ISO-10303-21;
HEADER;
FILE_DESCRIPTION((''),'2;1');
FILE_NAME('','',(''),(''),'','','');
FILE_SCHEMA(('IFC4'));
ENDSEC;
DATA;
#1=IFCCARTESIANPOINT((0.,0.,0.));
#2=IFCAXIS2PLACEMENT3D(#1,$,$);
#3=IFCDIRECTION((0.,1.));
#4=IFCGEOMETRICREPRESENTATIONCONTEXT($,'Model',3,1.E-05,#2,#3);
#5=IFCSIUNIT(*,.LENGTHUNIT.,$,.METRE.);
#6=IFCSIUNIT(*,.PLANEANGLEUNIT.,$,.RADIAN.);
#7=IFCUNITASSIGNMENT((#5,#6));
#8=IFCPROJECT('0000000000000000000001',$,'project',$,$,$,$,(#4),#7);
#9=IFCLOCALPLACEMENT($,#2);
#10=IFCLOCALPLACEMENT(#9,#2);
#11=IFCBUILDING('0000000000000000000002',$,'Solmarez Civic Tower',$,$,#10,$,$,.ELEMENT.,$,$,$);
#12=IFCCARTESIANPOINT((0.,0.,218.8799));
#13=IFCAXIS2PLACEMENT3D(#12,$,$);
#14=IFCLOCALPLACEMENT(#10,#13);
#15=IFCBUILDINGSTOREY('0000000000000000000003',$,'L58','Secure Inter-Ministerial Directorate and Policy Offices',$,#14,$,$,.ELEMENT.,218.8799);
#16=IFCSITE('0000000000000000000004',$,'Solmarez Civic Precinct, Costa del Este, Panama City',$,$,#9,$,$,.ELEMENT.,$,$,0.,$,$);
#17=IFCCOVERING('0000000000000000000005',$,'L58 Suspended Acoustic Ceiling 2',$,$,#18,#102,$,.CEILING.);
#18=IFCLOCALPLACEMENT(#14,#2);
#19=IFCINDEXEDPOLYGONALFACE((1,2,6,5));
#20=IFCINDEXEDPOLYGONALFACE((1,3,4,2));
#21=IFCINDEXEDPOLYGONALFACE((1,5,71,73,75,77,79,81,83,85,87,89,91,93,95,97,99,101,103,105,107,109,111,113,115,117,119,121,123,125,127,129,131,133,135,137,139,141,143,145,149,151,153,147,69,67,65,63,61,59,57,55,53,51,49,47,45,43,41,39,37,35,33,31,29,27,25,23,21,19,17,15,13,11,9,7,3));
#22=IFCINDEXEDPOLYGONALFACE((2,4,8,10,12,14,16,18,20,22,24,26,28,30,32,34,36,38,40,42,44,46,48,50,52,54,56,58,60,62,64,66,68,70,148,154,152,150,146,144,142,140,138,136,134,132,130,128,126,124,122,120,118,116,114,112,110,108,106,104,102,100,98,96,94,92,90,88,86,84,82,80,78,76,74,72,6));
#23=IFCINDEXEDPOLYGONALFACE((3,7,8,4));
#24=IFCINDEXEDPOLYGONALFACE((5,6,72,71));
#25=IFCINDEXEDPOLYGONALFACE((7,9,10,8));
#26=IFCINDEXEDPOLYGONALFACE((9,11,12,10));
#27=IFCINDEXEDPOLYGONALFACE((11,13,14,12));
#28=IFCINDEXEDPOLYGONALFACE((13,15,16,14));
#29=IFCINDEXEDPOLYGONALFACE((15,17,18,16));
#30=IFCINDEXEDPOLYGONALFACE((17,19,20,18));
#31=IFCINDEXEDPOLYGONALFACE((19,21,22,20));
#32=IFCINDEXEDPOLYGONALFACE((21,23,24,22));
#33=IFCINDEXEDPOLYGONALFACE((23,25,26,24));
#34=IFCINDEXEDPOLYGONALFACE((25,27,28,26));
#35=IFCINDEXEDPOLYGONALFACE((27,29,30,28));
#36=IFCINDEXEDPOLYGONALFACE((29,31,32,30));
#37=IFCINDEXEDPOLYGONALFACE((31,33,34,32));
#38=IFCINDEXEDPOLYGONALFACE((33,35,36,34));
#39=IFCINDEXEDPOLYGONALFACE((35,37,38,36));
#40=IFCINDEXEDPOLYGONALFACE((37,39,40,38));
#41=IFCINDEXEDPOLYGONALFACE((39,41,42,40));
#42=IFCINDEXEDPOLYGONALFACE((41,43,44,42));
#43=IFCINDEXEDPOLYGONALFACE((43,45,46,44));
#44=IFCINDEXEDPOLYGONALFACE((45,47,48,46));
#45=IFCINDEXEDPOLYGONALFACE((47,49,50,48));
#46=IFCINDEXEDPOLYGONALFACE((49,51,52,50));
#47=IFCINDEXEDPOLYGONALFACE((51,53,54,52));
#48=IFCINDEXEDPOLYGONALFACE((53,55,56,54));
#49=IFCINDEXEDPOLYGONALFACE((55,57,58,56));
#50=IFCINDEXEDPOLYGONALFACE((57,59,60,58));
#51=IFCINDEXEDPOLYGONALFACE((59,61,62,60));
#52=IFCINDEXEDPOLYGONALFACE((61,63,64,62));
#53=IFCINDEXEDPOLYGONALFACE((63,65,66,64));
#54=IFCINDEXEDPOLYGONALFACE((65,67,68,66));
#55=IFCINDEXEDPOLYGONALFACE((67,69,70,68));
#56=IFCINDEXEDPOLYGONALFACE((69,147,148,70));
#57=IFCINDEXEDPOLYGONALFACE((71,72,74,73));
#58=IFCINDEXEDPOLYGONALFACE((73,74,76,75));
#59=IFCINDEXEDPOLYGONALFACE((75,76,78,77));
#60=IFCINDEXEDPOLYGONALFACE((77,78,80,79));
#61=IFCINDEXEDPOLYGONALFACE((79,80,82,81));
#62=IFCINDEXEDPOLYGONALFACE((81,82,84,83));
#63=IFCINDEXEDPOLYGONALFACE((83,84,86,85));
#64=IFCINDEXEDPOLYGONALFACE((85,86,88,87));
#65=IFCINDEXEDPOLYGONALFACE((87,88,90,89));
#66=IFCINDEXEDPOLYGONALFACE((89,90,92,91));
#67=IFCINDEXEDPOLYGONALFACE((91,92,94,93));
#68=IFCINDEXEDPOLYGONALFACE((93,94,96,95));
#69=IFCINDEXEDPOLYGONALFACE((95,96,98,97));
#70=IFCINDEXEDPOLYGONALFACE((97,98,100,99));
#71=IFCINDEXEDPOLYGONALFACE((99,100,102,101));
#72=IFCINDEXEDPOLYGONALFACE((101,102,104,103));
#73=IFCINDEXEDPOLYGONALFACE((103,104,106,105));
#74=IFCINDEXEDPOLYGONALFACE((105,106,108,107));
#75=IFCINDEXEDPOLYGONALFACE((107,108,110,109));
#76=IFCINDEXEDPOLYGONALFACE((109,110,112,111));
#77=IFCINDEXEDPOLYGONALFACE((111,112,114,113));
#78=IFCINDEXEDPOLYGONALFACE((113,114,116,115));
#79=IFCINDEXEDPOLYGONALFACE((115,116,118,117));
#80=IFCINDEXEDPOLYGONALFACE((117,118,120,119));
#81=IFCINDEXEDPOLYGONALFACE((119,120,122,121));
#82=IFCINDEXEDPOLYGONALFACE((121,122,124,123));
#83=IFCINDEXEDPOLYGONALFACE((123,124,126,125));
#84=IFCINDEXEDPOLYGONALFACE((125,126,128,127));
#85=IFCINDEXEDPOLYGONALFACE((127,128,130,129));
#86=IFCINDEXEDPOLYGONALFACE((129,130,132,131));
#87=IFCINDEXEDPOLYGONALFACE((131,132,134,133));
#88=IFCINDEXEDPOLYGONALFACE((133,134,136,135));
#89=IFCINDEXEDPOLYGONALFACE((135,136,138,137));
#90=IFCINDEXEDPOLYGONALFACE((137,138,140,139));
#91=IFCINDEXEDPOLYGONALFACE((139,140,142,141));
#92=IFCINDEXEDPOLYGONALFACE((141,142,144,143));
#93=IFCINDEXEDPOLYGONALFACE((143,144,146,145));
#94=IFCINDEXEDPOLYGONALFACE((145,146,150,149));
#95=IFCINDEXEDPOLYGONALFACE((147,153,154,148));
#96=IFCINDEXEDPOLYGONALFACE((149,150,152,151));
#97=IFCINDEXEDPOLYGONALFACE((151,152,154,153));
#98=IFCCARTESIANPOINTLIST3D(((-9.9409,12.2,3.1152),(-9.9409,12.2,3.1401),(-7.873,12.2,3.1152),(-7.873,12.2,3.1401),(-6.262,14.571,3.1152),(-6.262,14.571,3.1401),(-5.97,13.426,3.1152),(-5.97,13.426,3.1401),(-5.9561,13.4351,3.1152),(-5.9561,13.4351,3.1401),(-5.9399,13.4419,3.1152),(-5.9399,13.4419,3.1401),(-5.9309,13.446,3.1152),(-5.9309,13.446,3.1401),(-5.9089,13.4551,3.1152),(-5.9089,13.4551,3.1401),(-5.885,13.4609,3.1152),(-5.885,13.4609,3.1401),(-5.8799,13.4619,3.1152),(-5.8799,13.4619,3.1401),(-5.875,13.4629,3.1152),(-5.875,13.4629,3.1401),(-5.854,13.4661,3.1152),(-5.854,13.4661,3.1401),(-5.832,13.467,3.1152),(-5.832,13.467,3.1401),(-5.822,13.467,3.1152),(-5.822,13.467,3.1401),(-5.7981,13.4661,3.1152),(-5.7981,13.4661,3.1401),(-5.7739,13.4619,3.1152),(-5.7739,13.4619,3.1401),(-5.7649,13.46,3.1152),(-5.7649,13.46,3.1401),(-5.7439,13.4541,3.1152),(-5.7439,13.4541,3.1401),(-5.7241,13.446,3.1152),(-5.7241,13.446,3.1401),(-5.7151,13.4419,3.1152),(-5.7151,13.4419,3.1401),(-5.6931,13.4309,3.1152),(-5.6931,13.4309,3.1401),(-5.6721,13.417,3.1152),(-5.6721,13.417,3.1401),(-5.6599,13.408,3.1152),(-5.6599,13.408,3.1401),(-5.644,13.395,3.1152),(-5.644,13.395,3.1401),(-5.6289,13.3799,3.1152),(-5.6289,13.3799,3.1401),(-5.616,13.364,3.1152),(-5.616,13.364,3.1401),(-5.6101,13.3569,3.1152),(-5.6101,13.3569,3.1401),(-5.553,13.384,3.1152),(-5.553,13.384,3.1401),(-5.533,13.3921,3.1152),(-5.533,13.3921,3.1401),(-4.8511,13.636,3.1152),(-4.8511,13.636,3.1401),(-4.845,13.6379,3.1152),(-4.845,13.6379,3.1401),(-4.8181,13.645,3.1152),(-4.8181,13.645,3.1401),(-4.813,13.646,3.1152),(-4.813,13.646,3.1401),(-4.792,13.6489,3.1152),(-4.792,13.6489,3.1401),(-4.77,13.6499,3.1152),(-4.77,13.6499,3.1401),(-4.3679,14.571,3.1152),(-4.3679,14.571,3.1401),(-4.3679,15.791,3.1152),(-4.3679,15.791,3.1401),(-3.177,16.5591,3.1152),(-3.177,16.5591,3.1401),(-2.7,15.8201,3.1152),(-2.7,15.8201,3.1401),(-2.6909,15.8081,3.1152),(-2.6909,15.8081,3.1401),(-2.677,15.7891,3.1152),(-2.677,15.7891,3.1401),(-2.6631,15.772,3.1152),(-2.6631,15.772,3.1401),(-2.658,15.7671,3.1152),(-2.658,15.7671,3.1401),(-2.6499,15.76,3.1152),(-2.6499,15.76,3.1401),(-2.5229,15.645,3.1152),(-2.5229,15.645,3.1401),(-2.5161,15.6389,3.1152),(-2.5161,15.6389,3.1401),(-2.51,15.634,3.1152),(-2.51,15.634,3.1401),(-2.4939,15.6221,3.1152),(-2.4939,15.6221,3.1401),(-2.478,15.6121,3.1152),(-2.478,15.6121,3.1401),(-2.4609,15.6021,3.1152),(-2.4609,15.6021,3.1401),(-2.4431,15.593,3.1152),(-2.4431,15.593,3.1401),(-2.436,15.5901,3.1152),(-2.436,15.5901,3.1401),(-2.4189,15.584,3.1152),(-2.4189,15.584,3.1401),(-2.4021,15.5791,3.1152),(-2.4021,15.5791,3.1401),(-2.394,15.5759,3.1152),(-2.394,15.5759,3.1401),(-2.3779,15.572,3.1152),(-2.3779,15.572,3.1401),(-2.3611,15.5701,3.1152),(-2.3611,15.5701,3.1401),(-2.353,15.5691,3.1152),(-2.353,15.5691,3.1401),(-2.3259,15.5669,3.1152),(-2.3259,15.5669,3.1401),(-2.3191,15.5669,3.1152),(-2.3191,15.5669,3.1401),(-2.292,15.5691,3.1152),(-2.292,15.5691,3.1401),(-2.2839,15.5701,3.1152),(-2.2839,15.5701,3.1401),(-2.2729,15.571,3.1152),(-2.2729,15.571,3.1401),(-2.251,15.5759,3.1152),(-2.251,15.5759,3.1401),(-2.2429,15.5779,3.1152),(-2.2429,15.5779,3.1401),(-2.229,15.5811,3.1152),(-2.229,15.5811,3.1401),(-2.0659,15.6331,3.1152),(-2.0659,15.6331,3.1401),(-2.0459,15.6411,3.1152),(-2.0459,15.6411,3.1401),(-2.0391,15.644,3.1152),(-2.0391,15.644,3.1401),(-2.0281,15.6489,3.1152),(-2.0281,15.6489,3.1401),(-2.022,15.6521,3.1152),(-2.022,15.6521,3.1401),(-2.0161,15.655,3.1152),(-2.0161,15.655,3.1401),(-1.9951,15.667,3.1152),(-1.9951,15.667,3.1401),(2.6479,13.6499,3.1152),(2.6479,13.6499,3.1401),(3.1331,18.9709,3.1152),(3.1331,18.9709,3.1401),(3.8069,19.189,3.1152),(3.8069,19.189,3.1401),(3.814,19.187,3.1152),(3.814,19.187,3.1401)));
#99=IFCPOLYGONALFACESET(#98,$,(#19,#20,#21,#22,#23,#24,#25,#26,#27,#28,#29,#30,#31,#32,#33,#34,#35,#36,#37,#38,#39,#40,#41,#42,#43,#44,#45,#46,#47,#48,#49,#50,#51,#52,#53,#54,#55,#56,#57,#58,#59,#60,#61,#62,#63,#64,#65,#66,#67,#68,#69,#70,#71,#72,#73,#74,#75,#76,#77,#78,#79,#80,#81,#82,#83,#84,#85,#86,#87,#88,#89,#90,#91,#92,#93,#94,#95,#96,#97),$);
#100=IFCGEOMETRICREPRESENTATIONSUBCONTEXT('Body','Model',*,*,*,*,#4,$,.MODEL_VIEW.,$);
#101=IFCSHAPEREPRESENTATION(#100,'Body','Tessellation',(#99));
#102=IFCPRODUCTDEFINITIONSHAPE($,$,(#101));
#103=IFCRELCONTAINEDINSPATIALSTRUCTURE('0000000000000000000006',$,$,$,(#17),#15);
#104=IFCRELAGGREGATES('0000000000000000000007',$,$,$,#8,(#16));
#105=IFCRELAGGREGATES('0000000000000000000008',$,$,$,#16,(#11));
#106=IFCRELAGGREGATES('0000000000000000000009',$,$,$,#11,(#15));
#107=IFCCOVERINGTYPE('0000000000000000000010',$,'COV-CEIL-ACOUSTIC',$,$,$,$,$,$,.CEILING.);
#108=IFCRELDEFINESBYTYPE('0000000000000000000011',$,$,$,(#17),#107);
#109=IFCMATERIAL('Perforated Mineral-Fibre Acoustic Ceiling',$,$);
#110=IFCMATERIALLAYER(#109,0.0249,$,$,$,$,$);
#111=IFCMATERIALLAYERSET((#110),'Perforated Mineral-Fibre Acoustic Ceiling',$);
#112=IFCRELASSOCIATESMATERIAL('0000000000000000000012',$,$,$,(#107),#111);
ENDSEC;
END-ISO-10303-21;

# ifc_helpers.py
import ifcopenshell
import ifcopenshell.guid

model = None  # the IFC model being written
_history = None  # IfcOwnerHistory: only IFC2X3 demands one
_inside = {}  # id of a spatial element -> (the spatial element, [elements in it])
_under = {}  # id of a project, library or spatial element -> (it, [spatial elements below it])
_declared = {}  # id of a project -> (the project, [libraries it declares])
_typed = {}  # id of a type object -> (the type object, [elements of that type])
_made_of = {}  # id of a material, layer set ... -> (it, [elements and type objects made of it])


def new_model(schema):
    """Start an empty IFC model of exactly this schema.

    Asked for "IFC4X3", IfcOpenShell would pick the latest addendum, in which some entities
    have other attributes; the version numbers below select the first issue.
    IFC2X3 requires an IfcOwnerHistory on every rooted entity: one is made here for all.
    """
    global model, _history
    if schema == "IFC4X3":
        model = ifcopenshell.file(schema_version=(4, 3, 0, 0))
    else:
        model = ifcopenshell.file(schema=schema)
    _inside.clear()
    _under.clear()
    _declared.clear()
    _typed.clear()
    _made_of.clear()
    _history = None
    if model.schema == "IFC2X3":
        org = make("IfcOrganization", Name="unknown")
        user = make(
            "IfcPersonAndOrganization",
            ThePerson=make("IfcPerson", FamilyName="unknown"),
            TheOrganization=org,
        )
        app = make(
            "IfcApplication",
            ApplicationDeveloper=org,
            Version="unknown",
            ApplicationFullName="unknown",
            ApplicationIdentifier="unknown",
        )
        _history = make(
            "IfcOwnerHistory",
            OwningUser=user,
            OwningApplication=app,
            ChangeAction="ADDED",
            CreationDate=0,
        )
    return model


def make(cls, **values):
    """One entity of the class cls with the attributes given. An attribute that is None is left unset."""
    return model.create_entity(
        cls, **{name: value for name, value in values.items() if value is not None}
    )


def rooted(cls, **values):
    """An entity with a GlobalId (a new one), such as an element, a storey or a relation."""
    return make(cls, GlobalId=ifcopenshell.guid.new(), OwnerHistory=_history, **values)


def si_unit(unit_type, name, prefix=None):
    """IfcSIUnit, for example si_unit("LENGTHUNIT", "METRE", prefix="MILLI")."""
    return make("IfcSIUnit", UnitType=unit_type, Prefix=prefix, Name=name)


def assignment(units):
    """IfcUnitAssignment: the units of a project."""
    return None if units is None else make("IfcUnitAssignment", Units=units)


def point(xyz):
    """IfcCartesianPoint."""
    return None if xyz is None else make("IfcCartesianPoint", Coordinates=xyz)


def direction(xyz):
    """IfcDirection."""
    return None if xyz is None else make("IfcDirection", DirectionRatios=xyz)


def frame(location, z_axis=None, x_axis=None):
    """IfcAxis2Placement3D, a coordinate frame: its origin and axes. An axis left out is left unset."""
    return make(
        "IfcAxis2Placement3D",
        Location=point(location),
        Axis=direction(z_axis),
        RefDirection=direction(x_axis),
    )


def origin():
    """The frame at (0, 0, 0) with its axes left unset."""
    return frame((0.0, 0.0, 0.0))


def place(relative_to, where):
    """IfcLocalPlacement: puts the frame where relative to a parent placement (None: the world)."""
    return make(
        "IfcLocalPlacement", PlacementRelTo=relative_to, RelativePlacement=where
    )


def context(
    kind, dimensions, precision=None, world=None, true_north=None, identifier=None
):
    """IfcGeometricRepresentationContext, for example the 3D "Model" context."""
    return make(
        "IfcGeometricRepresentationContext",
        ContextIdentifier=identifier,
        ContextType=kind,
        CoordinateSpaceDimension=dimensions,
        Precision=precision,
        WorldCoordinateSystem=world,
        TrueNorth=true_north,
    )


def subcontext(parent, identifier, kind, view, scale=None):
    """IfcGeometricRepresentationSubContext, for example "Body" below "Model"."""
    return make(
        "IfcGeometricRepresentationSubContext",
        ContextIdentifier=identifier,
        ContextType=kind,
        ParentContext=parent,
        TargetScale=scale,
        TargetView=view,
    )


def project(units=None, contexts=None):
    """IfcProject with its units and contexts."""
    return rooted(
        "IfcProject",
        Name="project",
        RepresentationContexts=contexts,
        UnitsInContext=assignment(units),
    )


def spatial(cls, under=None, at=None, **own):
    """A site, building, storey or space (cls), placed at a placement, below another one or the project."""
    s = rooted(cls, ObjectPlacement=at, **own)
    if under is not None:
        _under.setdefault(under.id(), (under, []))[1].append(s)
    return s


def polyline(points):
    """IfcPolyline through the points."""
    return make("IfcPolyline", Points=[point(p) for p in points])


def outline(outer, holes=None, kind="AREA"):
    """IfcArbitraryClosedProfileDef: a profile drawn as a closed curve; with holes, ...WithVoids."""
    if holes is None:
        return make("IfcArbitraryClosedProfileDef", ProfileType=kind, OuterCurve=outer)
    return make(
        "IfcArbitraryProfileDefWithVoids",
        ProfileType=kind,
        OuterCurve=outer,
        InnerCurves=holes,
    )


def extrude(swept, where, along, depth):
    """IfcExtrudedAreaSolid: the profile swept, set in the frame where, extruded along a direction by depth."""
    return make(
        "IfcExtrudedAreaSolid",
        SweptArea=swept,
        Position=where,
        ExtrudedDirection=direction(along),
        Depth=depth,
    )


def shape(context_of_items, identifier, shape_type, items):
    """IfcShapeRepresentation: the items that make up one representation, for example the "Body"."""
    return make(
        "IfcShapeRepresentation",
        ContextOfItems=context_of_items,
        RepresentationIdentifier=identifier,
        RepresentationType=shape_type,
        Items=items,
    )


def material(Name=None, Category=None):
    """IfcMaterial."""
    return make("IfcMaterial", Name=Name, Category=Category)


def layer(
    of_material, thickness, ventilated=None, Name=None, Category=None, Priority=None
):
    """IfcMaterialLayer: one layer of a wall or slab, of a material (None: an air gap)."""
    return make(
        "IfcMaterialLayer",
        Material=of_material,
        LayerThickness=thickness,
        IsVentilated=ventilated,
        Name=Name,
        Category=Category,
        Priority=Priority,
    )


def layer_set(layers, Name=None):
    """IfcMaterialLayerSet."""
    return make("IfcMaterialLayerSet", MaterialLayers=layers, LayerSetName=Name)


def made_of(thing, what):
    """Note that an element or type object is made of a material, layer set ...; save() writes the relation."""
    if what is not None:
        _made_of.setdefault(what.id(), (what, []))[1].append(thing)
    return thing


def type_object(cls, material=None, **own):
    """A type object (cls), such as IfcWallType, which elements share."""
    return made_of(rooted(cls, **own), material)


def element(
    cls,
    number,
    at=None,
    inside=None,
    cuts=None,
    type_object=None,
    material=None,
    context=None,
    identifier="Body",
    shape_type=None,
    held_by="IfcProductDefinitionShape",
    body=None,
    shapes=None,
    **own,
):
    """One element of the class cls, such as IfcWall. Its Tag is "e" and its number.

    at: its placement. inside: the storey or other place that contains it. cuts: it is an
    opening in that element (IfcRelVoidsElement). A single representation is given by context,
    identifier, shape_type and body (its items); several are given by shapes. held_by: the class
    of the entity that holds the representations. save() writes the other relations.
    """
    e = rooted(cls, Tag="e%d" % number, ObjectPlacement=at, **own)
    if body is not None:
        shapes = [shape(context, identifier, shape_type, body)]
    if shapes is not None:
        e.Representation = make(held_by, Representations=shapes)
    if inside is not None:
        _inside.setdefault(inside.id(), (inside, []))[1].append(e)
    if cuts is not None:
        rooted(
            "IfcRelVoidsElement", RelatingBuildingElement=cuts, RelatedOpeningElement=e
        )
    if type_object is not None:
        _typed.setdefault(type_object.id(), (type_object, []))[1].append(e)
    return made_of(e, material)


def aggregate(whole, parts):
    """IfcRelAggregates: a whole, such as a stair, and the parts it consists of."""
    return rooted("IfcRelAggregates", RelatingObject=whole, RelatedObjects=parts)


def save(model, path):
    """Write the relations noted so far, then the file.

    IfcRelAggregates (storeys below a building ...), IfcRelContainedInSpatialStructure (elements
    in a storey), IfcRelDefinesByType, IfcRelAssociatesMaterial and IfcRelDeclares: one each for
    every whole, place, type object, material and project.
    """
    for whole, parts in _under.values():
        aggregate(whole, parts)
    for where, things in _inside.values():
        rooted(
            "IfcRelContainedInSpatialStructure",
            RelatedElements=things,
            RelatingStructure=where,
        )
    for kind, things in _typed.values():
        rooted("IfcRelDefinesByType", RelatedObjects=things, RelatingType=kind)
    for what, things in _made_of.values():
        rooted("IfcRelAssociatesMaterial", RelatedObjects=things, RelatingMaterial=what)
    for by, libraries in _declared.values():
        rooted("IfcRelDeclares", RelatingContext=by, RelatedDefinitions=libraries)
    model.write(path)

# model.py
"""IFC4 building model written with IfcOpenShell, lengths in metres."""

from ifc_helpers import new_model, si_unit, direction, frame, origin, place, context, subcontext, project, spatial, polyline, outline, extrude, material, layer, layer_set, type_object, element, save


model = new_model("IFC4")

# Units and contexts
model_context = context("Model", 3, precision=1e-05, world=origin(), true_north=direction((0.0, 1.0)))
body_context = subcontext(model_context, "Body", "Model", "MODEL_VIEW")
ifc_project = project(units=[si_unit("LENGTHUNIT", "METRE"), si_unit("PLANEANGLEUNIT", "RADIAN")], contexts=[model_context])

# Site, building, storey
site_placement = place(None, origin())
site = spatial("IfcSite", under=ifc_project, at=site_placement, Name="Solmarez Civic Precinct, Costa del Este, Panama City", CompositionType="ELEMENT", RefElevation=0.0)
building_placement = place(site_placement, origin())
building = spatial("IfcBuilding", under=site, at=building_placement, Name="Solmarez Civic Tower", CompositionType="ELEMENT")
storey_placement = place(building_placement, frame((0.0, 0.0, 218.8799)))
storey = spatial("IfcBuildingStorey", under=building, at=storey_placement, Name="L58", Description="Secure Inter-Ministerial Directorate and Policy Offices", CompositionType="ELEMENT", Elevation=218.8799)

# Covering
ifc_material_1 = material(Name="Perforated Mineral-Fibre Acoustic Ceiling")
ifc_layer_1 = layer(ifc_material_1, 0.0249)
ifc_layer_set_1 = layer_set([ifc_layer_1], Name="Perforated Mineral-Fibre Acoustic Ceiling")
covering_type_1 = type_object("IfcCoveringType", Name="COV-CEIL-ACOUSTIC", PredefinedType="CEILING", material=ifc_layer_set_1)
covering_1_placement = place(storey_placement, frame((0.0, 0.0, 3.1152)))
element("IfcCovering", 1, at=covering_1_placement, inside=storey, type_object=covering_type_1, Name="L58 Suspended Acoustic Ceiling 2", PredefinedType="CEILING", context=body_context, shape_type="SweptSolid", body=[
    extrude(outline(polyline([(-9.9409, 12.2), (-7.873, 12.2), (-5.97, 13.426), (-5.9561, 13.4351), (-5.9399, 13.4419), (-5.9309, 13.446), (-5.9089, 13.4551), (-5.885, 13.4609), (-5.8799, 13.4619), (-5.875, 13.4629), (-5.854, 13.4661), (-5.832, 13.467), (-5.822, 13.467), (-5.7981, 13.4661), (-5.7739, 13.4619), (-5.7649, 13.46), (-5.7439, 13.4541), (-5.7241, 13.446), (-5.7151, 13.4419), (-5.6931, 13.4309), (-5.6721, 13.417), (-5.6599, 13.408), (-5.644, 13.395), (-5.6289, 13.3799), (-5.616, 13.364), (-5.6101, 13.3569), (-5.553, 13.384), (-5.533, 13.3921), (-4.8511, 13.636), (-4.845, 13.6379), (-4.8181, 13.645), (-4.813, 13.646), (-4.792, 13.6489), (-4.77, 13.6499), (2.6479, 13.6499), (3.814, 19.187), (3.8069, 19.189), (3.1331, 18.9709), (-1.9951, 15.667), (-2.0161, 15.655), (-2.022, 15.6521), (-2.0281, 15.6489), (-2.0391, 15.644), (-2.0459, 15.6411), (-2.0659, 15.6331), (-2.229, 15.5811), (-2.2429, 15.5779), (-2.251, 15.5759), (-2.2729, 15.571), (-2.2839, 15.5701), (-2.292, 15.5691), (-2.3191, 15.5669), (-2.3259, 15.5669), (-2.353, 15.5691), (-2.3611, 15.5701), (-2.3779, 15.572), (-2.394, 15.5759), (-2.4021, 15.5791), (-2.4189, 15.584), (-2.436, 15.5901), (-2.4431, 15.593), (-2.4609, 15.6021), (-2.478, 15.6121), (-2.4939, 15.6221), (-2.51, 15.634), (-2.5161, 15.6389), (-2.5229, 15.645), (-2.6499, 15.76), (-2.658, 15.7671), (-2.6631, 15.772), (-2.677, 15.7891), (-2.6909, 15.8081), (-2.7, 15.8201), (-3.177, 16.5591), (-4.3679, 15.791), (-4.3679, 14.571), (-6.262, 14.571), (-9.9409, 12.2)])), origin(), (0.0, 0.0, 1.0), 0.0249),
])

save(model, "model.ifc")
